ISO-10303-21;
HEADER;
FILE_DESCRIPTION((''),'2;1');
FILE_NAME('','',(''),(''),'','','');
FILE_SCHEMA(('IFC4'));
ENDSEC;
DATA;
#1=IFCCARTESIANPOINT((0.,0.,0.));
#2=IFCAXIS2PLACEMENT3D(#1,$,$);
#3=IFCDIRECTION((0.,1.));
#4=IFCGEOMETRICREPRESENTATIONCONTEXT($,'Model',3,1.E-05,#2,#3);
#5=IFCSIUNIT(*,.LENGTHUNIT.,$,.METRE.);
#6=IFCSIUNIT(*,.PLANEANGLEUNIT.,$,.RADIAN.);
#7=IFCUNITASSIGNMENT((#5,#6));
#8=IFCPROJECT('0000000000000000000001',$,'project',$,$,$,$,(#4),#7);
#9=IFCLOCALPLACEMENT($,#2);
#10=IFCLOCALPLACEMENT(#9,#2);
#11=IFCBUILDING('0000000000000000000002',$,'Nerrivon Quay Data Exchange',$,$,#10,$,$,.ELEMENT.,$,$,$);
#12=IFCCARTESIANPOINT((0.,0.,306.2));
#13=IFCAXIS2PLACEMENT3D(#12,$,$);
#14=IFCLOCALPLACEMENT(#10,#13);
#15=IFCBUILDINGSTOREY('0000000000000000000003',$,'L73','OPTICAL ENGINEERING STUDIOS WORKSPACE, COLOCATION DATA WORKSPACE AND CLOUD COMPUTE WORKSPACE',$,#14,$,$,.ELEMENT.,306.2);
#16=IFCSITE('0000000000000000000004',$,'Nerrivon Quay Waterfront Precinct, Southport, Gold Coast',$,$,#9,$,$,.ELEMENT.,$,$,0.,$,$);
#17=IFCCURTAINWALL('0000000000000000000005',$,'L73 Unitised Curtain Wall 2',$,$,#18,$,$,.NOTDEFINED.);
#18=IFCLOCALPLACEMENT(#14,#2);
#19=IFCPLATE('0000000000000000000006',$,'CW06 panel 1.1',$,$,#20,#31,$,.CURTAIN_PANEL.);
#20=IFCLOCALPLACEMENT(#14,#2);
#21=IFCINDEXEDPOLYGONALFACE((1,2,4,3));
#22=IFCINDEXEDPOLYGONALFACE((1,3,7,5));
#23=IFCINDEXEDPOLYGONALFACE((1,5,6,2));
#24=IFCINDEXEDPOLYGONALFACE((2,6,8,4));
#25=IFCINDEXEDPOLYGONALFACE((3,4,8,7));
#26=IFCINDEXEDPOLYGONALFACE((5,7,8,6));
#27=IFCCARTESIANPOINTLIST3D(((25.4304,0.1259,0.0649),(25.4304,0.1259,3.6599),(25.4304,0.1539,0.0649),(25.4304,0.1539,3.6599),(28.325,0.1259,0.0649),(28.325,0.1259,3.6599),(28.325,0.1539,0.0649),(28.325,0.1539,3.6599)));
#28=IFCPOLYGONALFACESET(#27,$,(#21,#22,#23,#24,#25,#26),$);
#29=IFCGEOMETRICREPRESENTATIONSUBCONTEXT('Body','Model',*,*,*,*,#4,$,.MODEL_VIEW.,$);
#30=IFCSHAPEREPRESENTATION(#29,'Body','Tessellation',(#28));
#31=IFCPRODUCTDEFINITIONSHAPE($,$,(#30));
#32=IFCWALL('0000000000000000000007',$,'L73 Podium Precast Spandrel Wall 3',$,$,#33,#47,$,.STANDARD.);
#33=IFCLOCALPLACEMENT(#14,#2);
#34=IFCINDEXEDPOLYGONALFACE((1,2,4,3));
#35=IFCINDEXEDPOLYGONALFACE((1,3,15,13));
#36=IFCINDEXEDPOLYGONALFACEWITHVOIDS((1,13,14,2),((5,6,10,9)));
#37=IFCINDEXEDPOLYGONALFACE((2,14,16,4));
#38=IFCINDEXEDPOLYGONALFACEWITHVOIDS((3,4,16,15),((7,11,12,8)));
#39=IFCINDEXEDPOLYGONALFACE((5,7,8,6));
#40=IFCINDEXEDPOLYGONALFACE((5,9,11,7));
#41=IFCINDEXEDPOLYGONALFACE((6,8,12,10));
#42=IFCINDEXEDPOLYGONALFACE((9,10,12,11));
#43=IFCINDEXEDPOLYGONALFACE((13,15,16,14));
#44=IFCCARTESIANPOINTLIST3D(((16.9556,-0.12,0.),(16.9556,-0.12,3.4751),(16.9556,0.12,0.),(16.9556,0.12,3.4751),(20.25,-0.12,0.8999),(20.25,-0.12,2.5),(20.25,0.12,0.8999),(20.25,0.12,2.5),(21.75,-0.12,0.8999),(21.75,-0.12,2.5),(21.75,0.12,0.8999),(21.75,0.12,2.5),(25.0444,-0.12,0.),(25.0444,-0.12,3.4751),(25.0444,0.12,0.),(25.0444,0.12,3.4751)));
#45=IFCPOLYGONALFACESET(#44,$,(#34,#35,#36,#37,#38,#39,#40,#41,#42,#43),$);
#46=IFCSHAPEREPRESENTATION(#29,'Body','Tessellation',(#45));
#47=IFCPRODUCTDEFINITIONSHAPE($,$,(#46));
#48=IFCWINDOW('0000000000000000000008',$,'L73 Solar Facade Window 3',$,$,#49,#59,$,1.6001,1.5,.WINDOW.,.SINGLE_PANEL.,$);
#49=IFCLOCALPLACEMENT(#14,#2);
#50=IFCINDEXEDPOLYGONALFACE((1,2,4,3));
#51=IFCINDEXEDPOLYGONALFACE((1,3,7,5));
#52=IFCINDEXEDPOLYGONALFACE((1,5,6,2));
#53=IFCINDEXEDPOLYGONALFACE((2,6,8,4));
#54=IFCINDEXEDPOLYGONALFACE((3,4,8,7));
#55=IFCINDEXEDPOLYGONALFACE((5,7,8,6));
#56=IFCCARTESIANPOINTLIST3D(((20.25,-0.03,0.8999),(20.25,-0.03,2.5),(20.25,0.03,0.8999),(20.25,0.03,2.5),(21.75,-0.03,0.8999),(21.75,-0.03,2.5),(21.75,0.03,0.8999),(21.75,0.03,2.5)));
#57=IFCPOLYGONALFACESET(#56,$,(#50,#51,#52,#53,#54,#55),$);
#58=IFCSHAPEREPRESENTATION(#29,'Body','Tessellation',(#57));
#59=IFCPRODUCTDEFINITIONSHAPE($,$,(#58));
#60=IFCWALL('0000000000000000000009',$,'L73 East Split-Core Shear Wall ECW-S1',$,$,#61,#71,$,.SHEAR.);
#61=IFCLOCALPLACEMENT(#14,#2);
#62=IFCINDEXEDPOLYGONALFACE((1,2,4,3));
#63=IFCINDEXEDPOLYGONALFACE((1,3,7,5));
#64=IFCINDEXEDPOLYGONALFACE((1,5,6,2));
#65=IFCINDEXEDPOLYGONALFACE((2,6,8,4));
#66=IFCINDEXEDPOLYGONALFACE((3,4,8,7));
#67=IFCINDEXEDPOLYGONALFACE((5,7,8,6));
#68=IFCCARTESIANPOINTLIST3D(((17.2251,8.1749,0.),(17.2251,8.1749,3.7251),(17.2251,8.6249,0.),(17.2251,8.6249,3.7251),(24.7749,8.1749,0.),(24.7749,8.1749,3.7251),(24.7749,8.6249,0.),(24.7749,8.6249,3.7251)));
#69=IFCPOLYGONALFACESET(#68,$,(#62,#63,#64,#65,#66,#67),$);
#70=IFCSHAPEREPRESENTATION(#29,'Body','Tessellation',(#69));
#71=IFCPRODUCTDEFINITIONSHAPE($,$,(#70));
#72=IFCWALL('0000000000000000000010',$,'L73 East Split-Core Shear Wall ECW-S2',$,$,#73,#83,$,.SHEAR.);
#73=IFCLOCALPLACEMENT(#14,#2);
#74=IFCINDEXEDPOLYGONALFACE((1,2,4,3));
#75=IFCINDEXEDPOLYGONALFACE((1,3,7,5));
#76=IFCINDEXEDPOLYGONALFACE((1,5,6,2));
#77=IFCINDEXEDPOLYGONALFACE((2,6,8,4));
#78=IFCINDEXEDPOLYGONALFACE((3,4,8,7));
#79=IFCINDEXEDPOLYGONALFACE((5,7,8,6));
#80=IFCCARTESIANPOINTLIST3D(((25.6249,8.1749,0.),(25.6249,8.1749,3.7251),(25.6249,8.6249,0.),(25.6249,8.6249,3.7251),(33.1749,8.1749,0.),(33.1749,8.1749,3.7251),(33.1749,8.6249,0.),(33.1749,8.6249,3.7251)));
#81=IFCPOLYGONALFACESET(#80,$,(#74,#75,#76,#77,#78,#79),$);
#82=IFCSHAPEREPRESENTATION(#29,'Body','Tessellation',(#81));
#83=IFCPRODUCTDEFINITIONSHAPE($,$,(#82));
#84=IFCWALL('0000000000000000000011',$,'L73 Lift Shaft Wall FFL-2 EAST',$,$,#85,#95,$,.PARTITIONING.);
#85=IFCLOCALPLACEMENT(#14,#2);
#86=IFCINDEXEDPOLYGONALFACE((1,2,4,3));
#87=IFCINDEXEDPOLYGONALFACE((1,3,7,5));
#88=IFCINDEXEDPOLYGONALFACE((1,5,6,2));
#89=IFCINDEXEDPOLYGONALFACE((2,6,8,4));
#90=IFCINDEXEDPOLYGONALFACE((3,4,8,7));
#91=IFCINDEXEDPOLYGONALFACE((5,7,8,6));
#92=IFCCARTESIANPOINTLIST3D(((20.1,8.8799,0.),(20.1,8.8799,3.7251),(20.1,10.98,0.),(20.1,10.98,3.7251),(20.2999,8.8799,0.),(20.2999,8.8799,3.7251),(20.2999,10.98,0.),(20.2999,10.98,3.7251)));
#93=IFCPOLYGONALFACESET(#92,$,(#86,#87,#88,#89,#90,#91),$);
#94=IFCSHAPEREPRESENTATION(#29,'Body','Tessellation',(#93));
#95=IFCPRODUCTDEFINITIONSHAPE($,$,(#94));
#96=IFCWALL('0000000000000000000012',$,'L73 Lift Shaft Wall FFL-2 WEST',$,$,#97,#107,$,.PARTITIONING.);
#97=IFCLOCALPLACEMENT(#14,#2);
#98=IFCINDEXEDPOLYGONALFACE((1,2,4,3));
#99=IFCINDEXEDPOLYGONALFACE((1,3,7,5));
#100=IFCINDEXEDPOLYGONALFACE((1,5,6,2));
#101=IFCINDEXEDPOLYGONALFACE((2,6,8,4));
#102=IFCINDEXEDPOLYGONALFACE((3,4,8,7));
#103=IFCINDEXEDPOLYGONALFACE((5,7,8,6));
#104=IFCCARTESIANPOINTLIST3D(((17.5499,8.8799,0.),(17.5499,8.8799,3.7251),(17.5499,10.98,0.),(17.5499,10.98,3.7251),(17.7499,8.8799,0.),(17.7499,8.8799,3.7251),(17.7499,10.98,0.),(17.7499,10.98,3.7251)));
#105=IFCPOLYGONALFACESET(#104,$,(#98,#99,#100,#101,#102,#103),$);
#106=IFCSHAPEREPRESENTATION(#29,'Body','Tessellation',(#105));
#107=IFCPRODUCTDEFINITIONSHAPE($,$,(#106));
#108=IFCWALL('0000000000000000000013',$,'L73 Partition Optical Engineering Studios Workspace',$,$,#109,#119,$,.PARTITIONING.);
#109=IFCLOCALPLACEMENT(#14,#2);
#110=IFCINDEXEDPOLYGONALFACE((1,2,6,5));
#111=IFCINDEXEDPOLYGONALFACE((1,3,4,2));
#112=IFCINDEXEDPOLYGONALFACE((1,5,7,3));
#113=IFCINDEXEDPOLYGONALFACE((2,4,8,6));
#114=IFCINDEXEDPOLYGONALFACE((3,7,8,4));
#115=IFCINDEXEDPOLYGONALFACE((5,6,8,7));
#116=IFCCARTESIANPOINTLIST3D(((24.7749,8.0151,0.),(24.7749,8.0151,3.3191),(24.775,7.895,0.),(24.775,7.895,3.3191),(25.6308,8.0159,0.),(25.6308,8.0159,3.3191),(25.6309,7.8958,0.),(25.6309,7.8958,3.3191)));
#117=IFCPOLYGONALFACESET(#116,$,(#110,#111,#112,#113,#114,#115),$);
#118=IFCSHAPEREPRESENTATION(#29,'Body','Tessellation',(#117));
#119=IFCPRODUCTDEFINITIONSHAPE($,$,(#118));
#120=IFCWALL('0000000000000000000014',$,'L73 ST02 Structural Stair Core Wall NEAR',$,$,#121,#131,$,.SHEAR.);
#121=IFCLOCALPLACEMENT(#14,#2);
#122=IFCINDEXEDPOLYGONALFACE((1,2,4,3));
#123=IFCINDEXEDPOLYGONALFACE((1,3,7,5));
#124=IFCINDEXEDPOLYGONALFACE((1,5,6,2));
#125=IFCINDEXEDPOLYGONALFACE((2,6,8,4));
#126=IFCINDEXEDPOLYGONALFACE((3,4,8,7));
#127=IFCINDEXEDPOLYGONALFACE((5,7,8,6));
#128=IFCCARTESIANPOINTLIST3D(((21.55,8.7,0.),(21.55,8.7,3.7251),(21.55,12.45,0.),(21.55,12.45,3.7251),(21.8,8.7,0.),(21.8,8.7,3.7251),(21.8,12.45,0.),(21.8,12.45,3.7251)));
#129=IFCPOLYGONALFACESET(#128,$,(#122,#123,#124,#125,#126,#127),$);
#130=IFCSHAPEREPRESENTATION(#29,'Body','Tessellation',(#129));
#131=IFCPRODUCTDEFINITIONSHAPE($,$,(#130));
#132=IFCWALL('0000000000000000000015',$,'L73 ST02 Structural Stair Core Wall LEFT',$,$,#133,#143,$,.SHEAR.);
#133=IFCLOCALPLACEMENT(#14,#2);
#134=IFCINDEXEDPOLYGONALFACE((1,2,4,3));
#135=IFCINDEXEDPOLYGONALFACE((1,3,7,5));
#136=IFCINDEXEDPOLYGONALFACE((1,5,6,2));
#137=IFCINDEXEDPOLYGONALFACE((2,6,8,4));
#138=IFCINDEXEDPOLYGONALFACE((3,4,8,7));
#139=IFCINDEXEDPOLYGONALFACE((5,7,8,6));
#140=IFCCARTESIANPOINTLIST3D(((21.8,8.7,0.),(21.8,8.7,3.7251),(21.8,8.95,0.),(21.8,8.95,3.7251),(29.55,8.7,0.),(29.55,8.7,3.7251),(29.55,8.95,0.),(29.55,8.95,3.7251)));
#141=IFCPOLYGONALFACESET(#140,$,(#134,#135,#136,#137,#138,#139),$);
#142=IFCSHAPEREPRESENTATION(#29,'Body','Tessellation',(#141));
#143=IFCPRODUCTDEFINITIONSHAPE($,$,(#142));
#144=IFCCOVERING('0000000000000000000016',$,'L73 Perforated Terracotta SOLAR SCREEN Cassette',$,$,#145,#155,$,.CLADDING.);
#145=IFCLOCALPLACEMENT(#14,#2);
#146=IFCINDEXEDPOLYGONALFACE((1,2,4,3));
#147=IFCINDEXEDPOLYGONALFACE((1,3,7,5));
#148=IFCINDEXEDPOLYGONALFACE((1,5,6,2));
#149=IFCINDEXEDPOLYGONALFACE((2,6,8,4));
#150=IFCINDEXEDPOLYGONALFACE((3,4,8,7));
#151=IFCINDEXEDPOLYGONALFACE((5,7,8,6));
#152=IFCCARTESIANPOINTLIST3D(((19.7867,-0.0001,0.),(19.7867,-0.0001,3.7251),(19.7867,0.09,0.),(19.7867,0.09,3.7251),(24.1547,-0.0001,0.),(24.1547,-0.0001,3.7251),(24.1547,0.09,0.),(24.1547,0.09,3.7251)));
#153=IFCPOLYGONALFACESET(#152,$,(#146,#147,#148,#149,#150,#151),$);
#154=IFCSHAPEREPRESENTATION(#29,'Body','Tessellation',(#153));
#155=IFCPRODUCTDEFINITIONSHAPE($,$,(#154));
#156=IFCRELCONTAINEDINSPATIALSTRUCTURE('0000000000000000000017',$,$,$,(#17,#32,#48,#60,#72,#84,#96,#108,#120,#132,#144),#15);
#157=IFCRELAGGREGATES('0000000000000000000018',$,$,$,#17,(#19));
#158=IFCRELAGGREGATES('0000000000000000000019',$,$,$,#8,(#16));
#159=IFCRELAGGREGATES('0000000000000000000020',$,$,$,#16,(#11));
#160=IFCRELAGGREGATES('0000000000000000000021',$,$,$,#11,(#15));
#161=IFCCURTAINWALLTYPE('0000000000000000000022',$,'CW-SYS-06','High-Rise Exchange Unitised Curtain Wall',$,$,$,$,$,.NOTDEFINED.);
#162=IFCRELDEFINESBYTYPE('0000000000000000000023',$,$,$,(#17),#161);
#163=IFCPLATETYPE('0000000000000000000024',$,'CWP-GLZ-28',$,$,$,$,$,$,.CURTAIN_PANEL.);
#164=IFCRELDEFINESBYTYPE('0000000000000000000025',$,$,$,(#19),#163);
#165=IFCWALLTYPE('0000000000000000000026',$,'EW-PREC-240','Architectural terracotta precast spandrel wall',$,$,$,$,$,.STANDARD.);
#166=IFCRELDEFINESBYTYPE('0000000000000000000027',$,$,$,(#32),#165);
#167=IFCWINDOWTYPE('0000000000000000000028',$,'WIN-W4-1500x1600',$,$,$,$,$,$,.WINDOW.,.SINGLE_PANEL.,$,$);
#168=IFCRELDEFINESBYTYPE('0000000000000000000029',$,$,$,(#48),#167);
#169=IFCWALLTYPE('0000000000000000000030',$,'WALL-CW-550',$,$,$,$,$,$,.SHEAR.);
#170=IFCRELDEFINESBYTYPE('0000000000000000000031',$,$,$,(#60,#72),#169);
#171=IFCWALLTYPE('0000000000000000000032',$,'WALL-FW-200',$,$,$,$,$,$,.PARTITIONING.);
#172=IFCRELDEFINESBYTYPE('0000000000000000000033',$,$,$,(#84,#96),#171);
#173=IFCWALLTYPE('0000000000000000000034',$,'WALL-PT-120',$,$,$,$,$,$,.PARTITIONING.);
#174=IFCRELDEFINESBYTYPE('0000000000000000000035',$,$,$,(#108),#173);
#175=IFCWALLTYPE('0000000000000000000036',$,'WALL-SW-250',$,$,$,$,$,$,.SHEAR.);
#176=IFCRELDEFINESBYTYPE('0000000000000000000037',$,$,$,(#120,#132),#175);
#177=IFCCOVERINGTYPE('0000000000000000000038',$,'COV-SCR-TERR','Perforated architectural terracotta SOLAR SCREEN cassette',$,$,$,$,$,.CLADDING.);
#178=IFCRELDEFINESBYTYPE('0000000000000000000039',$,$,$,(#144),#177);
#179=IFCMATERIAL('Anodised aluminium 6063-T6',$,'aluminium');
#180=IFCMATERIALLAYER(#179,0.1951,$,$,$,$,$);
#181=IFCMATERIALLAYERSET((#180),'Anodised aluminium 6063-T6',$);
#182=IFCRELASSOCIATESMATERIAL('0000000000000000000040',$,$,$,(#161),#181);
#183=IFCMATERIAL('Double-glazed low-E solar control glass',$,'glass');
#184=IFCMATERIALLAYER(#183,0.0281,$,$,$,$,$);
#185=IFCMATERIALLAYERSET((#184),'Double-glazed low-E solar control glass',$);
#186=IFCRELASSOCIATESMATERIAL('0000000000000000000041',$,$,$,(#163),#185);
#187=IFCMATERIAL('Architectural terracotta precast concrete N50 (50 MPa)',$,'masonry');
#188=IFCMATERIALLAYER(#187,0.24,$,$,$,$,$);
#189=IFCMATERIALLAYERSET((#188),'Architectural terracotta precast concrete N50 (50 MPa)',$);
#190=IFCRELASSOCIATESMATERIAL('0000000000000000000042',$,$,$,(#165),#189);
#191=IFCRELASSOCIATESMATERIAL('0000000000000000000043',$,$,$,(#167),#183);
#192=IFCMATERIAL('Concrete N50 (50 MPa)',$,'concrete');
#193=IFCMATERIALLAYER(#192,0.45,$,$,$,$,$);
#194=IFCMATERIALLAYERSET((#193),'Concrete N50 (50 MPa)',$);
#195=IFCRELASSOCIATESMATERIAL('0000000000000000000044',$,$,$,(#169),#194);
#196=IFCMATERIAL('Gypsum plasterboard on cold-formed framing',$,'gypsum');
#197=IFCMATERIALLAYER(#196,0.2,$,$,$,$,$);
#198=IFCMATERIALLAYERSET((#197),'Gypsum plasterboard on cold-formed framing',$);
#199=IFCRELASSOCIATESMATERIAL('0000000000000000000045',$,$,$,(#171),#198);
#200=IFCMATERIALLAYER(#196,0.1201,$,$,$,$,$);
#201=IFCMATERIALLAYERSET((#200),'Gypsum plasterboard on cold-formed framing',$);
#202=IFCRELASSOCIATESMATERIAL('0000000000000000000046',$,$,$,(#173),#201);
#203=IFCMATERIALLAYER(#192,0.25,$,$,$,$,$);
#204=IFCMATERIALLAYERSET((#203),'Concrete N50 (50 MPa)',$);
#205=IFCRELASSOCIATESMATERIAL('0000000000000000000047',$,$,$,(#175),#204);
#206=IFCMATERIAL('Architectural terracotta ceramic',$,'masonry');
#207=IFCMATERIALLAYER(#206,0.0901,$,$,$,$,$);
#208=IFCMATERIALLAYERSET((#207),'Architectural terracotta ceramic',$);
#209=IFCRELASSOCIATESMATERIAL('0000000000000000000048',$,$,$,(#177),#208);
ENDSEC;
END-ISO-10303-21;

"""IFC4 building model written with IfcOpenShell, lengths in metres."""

from ifc_helpers import new_model, si_unit, direction, frame, frame_2d, origin, origin_2d, place, context, subcontext, project, spatial, rectangle, extrude, material, layer, layer_set, type_object, element, fill, aggregate, save


model = new_model("IFC4")

# Units and contexts
model_context = context("Model", 3, precision=1e-05, world=origin(), true_north=direction((0.0, 1.0)))
body_context = subcontext(model_context, "Body", "Model", "MODEL_VIEW")
ifc_project = project(units=[si_unit("LENGTHUNIT", "METRE"), si_unit("PLANEANGLEUNIT", "RADIAN")], contexts=[model_context])

# Site, building, storey
site_placement = place(None, origin())
site = spatial("IfcSite", under=ifc_project, at=site_placement, Name="Nerrivon Quay Waterfront Precinct, Southport, Gold Coast", CompositionType="ELEMENT", RefElevation=0.0)
building_placement = place(site_placement, origin())
building = spatial("IfcBuilding", under=site, at=building_placement, Name="Nerrivon Quay Data Exchange", CompositionType="ELEMENT")
storey_placement = place(building_placement, frame((0.0, 0.0, 306.2)))
storey = spatial("IfcBuildingStorey", under=building, at=storey_placement, Name="L73", Description="OPTICAL ENGINEERING STUDIOS WORKSPACE, COLOCATION DATA WORKSPACE AND CLOUD COMPUTE WORKSPACE", CompositionType="ELEMENT", Elevation=306.2)

# Shared definitions
ifc_material_1 = material(Name="Concrete N50 (50 MPa)", Category="concrete")

# Curtain wall, plate
ifc_material_2 = material(Name="Anodised aluminium 6063-T6", Category="aluminium")
ifc_layer_1 = layer(ifc_material_2, 0.1951)
ifc_layer_set_1 = layer_set([ifc_layer_1], Name="Anodised aluminium 6063-T6")
curtain_wall_type = type_object("IfcCurtainWallType", Name="CW-SYS-06", Description="High-Rise Exchange Unitised Curtain Wall", PredefinedType="NOTDEFINED", material=ifc_layer_set_1)
curtain_wall_placement = place(storey_placement, origin())
curtain_wall = element("IfcCurtainWall", 1, at=curtain_wall_placement, inside=storey, type_object=curtain_wall_type, Name="L73 Unitised Curtain Wall 2", PredefinedType="NOTDEFINED")
ifc_material_3 = material(Name="Double-glazed low-E solar control glass", Category="glass")
ifc_layer_2 = layer(ifc_material_3, 0.0281)
ifc_layer_set_2 = layer_set([ifc_layer_2], Name="Double-glazed low-E solar control glass")
plate_type = type_object("IfcPlateType", Name="CWP-GLZ-28", PredefinedType="CURTAIN_PANEL", material=ifc_layer_set_2)
plate_placement = place(storey_placement, frame((26.8777, 0.1399, 0.0649), z_axis=(0.0, 0.0, 1.0), x_axis=(-1.0, 0.0, 0.0)))
plate = element("IfcPlate", 2, at=plate_placement, type_object=plate_type, Name="CW06 panel 1.1", PredefinedType="CURTAIN_PANEL", context=body_context, shape_type="SweptSolid", body=[
    extrude(rectangle(XDim=2.8945, YDim=0.0281, at=origin_2d()), origin(), (0.0, 0.0, 1.0), 3.595),
])
aggregate(curtain_wall, [plate])

# Wall, opening, window
ifc_material_4 = material(Name="Architectural terracotta precast concrete N50 (50 MPa)", Category="masonry")
ifc_layer_3 = layer(ifc_material_4, 0.24)
ifc_layer_set_3 = layer_set([ifc_layer_3], Name="Architectural terracotta precast concrete N50 (50 MPa)")
wall_type_1 = type_object("IfcWallType", Name="EW-PREC-240", Description="Architectural terracotta precast spandrel wall", PredefinedType="STANDARD", material=ifc_layer_set_3)
wall_1_placement = place(storey_placement, frame((25.0444, 0.0, 0.0), z_axis=(0.0, 0.0, 1.0), x_axis=(-1.0, 0.0, 0.0)))
wall_1 = element("IfcWall", 3, at=wall_1_placement, inside=storey, type_object=wall_type_1, Name="L73 Podium Precast Spandrel Wall 3", PredefinedType="STANDARD", context=body_context, shape_type="SweptSolid", body=[
    extrude(rectangle(XDim=8.0889, YDim=0.24, at=frame_2d((4.0444, 0.0))), origin(), (0.0, 0.0, 1.0), 3.4751),
])
opening_1_placement = place(wall_1_placement, frame((3.2944, 0.0, 0.8999)))
opening_1 = element("IfcOpeningElement", 4, at=opening_1_placement, cuts=wall_1, PredefinedType="OPENING", context=body_context, shape_type="SweptSolid", body=[
    extrude(rectangle(XDim=1.5, YDim=1.6001, at=frame_2d((0.75, 0.8))), frame((0.0, 0.1299, 0.0), z_axis=(0.0, -1.0, 0.0), x_axis=(1.0, 0.0, 0.0)), (0.0, 0.0, 1.0), 0.26),
])
window_type = type_object("IfcWindowType", Name="WIN-W4-1500x1600", PartitioningType="SINGLE_PANEL", PredefinedType="WINDOW", material=ifc_material_3)
window_placement = place(opening_1_placement, origin())
window = element("IfcWindow", 5, at=window_placement, inside=storey, type_object=window_type, Name="L73 Solar Facade Window 3", OverallHeight=1.6001, OverallWidth=1.5, PartitioningType="SINGLE_PANEL", PredefinedType="WINDOW", context=body_context, shape_type="SweptSolid", body=[
    extrude(rectangle(XDim=1.5, YDim=1.6001, at=frame_2d((0.75, 0.8))), frame((0.0, 0.03, 0.0), z_axis=(0.0, -1.0, 0.0), x_axis=(1.0, 0.0, 0.0)), (0.0, 0.0, 1.0), 0.0601),
])
fill(opening_1, window)

# Walls
ifc_layer_4 = layer(ifc_material_1, 0.45)
ifc_layer_set_4 = layer_set([ifc_layer_4], Name="Concrete N50 (50 MPa)")
wall_type_2 = type_object("IfcWallType", Name="WALL-CW-550", PredefinedType="SHEAR", material=ifc_layer_set_4)
wall_2_placement = place(storey_placement, frame((17.2251, 8.3999, 0.0), z_axis=(0.0, 0.0, 1.0), x_axis=(1.0, 0.0, 0.0)))
element("IfcWall", 6, at=wall_2_placement, inside=storey, type_object=wall_type_2, Name="L73 East Split-Core Shear Wall ECW-S1", PredefinedType="SHEAR", context=body_context, shape_type="SweptSolid", body=[
    extrude(rectangle(XDim=7.5498, YDim=0.45, at=frame_2d((3.7749, 0.0))), origin(), (0.0, 0.0, 1.0), 3.7251),
])
wall_3_placement = place(storey_placement, frame((25.625, 8.3999, 0.0), z_axis=(0.0, 0.0, 1.0), x_axis=(1.0, 0.0, 0.0)))
element("IfcWall", 7, at=wall_3_placement, inside=storey, type_object=wall_type_2, Name="L73 East Split-Core Shear Wall ECW-S2", PredefinedType="SHEAR", context=body_context, shape_type="SweptSolid", body=[
    extrude(rectangle(XDim=7.55, YDim=0.45, at=frame_2d((3.7749, 0.0))), origin(), (0.0, 0.0, 1.0), 3.7251),
])
ifc_material_5 = material(Name="Gypsum plasterboard on cold-formed framing", Category="gypsum")
ifc_layer_5 = layer(ifc_material_5, 0.2)
ifc_layer_set_5 = layer_set([ifc_layer_5], Name="Gypsum plasterboard on cold-formed framing")
wall_type_3 = type_object("IfcWallType", Name="WALL-FW-200", PredefinedType="PARTITIONING", material=ifc_layer_set_5)
for number, where, z_axis, x_axis, name in (
    (8, (20.2, 8.8799, 0.0), (0.0, 0.0, 1.0), (0.0, 1.0, 0.0), "L73 Lift Shaft Wall FFL-2 EAST"),
    (9, (17.6499, 8.8799, 0.0), (0.0, 0.0, 1.0), (0.0, 1.0, 0.0), "L73 Lift Shaft Wall FFL-2 WEST"),
):
    element("IfcWall", number, at=place(storey_placement, frame(where, z_axis=z_axis, x_axis=x_axis)), inside=storey, type_object=wall_type_3, Name=name, PredefinedType="PARTITIONING", context=body_context, shape_type="SweptSolid", body=[
        extrude(rectangle(XDim=2.1001, YDim=0.2, at=frame_2d((1.05, 0.0))), origin(), (0.0, 0.0, 1.0), 3.7251),
    ])
ifc_layer_6 = layer(ifc_material_5, 0.1201)
ifc_layer_set_6 = layer_set([ifc_layer_6], Name="Gypsum plasterboard on cold-formed framing")
wall_type_4 = type_object("IfcWallType", Name="WALL-PT-120", PredefinedType="PARTITIONING", material=ifc_layer_set_6)
wall_4_placement = place(storey_placement, frame((25.6309, 7.9558, 0.0), z_axis=(0.0, 0.0, 1.0), x_axis=(-1.0, -0.000856, 0.0)))
element("IfcWall", 10, at=wall_4_placement, inside=storey, type_object=wall_type_4, Name="L73 Partition Optical Engineering Studios Workspace", PredefinedType="PARTITIONING", context=body_context, shape_type="SweptSolid", body=[
    extrude(rectangle(XDim=0.856, YDim=0.1201, at=frame_2d((0.428, 0.0))), origin(), (0.0, 0.0, 1.0), 3.3191),
])

# Walls
ifc_layer_7 = layer(ifc_material_1, 0.25)
ifc_layer_set_7 = layer_set([ifc_layer_7], Name="Concrete N50 (50 MPa)")
wall_type_5 = type_object("IfcWallType", Name="WALL-SW-250", PredefinedType="SHEAR", material=ifc_layer_set_7)
wall_5_placement = place(storey_placement, frame((21.675, 8.7, 0.0), z_axis=(0.0, 0.0, 1.0), x_axis=(0.0, 1.0, 0.0)))
element("IfcWall", 11, at=wall_5_placement, inside=storey, type_object=wall_type_5, Name="L73 ST02 Structural Stair Core Wall NEAR", PredefinedType="SHEAR", context=body_context, shape_type="SweptSolid", body=[
    extrude(rectangle(XDim=3.75, YDim=0.25, at=frame_2d((1.875, 0.0))), origin(), (0.0, 0.0, 1.0), 3.7251),
])
wall_6_placement = place(storey_placement, frame((21.8, 8.825, 0.0), z_axis=(0.0, 0.0, 1.0), x_axis=(1.0, 0.0, 0.0)))
element("IfcWall", 12, at=wall_6_placement, inside=storey, type_object=wall_type_5, Name="L73 ST02 Structural Stair Core Wall LEFT", PredefinedType="SHEAR", context=body_context, shape_type="SweptSolid", body=[
    extrude(rectangle(XDim=7.75, YDim=0.25, at=frame_2d((3.875, 0.0))), origin(), (0.0, 0.0, 1.0), 3.7251),
])

# Covering
ifc_material_6 = material(Name="Architectural terracotta ceramic", Category="masonry")
ifc_layer_8 = layer(ifc_material_6, 0.0901)
ifc_layer_set_8 = layer_set([ifc_layer_8], Name="Architectural terracotta ceramic")
covering_type = type_object("IfcCoveringType", Name="COV-SCR-TERR", Description="Perforated architectural terracotta SOLAR SCREEN cassette", PredefinedType="CLADDING", material=ifc_layer_set_8)
covering_placement = place(storey_placement, frame((21.9707, 0.0449, 0.0), z_axis=(0.0, 0.0, 1.0), x_axis=(-1.0, 0.0, 0.0)))
element("IfcCovering", 13, at=covering_placement, inside=storey, type_object=covering_type, Name="L73 Perforated Terracotta SOLAR SCREEN Cassette", PredefinedType="CLADDING", context=body_context, shape_type="SweptSolid", body=[
    extrude(rectangle(XDim=4.3679, YDim=0.0901, at=origin_2d()), origin(), (0.0, 0.0, 1.0), 3.7251),
])

save(model, "model.ifc")
